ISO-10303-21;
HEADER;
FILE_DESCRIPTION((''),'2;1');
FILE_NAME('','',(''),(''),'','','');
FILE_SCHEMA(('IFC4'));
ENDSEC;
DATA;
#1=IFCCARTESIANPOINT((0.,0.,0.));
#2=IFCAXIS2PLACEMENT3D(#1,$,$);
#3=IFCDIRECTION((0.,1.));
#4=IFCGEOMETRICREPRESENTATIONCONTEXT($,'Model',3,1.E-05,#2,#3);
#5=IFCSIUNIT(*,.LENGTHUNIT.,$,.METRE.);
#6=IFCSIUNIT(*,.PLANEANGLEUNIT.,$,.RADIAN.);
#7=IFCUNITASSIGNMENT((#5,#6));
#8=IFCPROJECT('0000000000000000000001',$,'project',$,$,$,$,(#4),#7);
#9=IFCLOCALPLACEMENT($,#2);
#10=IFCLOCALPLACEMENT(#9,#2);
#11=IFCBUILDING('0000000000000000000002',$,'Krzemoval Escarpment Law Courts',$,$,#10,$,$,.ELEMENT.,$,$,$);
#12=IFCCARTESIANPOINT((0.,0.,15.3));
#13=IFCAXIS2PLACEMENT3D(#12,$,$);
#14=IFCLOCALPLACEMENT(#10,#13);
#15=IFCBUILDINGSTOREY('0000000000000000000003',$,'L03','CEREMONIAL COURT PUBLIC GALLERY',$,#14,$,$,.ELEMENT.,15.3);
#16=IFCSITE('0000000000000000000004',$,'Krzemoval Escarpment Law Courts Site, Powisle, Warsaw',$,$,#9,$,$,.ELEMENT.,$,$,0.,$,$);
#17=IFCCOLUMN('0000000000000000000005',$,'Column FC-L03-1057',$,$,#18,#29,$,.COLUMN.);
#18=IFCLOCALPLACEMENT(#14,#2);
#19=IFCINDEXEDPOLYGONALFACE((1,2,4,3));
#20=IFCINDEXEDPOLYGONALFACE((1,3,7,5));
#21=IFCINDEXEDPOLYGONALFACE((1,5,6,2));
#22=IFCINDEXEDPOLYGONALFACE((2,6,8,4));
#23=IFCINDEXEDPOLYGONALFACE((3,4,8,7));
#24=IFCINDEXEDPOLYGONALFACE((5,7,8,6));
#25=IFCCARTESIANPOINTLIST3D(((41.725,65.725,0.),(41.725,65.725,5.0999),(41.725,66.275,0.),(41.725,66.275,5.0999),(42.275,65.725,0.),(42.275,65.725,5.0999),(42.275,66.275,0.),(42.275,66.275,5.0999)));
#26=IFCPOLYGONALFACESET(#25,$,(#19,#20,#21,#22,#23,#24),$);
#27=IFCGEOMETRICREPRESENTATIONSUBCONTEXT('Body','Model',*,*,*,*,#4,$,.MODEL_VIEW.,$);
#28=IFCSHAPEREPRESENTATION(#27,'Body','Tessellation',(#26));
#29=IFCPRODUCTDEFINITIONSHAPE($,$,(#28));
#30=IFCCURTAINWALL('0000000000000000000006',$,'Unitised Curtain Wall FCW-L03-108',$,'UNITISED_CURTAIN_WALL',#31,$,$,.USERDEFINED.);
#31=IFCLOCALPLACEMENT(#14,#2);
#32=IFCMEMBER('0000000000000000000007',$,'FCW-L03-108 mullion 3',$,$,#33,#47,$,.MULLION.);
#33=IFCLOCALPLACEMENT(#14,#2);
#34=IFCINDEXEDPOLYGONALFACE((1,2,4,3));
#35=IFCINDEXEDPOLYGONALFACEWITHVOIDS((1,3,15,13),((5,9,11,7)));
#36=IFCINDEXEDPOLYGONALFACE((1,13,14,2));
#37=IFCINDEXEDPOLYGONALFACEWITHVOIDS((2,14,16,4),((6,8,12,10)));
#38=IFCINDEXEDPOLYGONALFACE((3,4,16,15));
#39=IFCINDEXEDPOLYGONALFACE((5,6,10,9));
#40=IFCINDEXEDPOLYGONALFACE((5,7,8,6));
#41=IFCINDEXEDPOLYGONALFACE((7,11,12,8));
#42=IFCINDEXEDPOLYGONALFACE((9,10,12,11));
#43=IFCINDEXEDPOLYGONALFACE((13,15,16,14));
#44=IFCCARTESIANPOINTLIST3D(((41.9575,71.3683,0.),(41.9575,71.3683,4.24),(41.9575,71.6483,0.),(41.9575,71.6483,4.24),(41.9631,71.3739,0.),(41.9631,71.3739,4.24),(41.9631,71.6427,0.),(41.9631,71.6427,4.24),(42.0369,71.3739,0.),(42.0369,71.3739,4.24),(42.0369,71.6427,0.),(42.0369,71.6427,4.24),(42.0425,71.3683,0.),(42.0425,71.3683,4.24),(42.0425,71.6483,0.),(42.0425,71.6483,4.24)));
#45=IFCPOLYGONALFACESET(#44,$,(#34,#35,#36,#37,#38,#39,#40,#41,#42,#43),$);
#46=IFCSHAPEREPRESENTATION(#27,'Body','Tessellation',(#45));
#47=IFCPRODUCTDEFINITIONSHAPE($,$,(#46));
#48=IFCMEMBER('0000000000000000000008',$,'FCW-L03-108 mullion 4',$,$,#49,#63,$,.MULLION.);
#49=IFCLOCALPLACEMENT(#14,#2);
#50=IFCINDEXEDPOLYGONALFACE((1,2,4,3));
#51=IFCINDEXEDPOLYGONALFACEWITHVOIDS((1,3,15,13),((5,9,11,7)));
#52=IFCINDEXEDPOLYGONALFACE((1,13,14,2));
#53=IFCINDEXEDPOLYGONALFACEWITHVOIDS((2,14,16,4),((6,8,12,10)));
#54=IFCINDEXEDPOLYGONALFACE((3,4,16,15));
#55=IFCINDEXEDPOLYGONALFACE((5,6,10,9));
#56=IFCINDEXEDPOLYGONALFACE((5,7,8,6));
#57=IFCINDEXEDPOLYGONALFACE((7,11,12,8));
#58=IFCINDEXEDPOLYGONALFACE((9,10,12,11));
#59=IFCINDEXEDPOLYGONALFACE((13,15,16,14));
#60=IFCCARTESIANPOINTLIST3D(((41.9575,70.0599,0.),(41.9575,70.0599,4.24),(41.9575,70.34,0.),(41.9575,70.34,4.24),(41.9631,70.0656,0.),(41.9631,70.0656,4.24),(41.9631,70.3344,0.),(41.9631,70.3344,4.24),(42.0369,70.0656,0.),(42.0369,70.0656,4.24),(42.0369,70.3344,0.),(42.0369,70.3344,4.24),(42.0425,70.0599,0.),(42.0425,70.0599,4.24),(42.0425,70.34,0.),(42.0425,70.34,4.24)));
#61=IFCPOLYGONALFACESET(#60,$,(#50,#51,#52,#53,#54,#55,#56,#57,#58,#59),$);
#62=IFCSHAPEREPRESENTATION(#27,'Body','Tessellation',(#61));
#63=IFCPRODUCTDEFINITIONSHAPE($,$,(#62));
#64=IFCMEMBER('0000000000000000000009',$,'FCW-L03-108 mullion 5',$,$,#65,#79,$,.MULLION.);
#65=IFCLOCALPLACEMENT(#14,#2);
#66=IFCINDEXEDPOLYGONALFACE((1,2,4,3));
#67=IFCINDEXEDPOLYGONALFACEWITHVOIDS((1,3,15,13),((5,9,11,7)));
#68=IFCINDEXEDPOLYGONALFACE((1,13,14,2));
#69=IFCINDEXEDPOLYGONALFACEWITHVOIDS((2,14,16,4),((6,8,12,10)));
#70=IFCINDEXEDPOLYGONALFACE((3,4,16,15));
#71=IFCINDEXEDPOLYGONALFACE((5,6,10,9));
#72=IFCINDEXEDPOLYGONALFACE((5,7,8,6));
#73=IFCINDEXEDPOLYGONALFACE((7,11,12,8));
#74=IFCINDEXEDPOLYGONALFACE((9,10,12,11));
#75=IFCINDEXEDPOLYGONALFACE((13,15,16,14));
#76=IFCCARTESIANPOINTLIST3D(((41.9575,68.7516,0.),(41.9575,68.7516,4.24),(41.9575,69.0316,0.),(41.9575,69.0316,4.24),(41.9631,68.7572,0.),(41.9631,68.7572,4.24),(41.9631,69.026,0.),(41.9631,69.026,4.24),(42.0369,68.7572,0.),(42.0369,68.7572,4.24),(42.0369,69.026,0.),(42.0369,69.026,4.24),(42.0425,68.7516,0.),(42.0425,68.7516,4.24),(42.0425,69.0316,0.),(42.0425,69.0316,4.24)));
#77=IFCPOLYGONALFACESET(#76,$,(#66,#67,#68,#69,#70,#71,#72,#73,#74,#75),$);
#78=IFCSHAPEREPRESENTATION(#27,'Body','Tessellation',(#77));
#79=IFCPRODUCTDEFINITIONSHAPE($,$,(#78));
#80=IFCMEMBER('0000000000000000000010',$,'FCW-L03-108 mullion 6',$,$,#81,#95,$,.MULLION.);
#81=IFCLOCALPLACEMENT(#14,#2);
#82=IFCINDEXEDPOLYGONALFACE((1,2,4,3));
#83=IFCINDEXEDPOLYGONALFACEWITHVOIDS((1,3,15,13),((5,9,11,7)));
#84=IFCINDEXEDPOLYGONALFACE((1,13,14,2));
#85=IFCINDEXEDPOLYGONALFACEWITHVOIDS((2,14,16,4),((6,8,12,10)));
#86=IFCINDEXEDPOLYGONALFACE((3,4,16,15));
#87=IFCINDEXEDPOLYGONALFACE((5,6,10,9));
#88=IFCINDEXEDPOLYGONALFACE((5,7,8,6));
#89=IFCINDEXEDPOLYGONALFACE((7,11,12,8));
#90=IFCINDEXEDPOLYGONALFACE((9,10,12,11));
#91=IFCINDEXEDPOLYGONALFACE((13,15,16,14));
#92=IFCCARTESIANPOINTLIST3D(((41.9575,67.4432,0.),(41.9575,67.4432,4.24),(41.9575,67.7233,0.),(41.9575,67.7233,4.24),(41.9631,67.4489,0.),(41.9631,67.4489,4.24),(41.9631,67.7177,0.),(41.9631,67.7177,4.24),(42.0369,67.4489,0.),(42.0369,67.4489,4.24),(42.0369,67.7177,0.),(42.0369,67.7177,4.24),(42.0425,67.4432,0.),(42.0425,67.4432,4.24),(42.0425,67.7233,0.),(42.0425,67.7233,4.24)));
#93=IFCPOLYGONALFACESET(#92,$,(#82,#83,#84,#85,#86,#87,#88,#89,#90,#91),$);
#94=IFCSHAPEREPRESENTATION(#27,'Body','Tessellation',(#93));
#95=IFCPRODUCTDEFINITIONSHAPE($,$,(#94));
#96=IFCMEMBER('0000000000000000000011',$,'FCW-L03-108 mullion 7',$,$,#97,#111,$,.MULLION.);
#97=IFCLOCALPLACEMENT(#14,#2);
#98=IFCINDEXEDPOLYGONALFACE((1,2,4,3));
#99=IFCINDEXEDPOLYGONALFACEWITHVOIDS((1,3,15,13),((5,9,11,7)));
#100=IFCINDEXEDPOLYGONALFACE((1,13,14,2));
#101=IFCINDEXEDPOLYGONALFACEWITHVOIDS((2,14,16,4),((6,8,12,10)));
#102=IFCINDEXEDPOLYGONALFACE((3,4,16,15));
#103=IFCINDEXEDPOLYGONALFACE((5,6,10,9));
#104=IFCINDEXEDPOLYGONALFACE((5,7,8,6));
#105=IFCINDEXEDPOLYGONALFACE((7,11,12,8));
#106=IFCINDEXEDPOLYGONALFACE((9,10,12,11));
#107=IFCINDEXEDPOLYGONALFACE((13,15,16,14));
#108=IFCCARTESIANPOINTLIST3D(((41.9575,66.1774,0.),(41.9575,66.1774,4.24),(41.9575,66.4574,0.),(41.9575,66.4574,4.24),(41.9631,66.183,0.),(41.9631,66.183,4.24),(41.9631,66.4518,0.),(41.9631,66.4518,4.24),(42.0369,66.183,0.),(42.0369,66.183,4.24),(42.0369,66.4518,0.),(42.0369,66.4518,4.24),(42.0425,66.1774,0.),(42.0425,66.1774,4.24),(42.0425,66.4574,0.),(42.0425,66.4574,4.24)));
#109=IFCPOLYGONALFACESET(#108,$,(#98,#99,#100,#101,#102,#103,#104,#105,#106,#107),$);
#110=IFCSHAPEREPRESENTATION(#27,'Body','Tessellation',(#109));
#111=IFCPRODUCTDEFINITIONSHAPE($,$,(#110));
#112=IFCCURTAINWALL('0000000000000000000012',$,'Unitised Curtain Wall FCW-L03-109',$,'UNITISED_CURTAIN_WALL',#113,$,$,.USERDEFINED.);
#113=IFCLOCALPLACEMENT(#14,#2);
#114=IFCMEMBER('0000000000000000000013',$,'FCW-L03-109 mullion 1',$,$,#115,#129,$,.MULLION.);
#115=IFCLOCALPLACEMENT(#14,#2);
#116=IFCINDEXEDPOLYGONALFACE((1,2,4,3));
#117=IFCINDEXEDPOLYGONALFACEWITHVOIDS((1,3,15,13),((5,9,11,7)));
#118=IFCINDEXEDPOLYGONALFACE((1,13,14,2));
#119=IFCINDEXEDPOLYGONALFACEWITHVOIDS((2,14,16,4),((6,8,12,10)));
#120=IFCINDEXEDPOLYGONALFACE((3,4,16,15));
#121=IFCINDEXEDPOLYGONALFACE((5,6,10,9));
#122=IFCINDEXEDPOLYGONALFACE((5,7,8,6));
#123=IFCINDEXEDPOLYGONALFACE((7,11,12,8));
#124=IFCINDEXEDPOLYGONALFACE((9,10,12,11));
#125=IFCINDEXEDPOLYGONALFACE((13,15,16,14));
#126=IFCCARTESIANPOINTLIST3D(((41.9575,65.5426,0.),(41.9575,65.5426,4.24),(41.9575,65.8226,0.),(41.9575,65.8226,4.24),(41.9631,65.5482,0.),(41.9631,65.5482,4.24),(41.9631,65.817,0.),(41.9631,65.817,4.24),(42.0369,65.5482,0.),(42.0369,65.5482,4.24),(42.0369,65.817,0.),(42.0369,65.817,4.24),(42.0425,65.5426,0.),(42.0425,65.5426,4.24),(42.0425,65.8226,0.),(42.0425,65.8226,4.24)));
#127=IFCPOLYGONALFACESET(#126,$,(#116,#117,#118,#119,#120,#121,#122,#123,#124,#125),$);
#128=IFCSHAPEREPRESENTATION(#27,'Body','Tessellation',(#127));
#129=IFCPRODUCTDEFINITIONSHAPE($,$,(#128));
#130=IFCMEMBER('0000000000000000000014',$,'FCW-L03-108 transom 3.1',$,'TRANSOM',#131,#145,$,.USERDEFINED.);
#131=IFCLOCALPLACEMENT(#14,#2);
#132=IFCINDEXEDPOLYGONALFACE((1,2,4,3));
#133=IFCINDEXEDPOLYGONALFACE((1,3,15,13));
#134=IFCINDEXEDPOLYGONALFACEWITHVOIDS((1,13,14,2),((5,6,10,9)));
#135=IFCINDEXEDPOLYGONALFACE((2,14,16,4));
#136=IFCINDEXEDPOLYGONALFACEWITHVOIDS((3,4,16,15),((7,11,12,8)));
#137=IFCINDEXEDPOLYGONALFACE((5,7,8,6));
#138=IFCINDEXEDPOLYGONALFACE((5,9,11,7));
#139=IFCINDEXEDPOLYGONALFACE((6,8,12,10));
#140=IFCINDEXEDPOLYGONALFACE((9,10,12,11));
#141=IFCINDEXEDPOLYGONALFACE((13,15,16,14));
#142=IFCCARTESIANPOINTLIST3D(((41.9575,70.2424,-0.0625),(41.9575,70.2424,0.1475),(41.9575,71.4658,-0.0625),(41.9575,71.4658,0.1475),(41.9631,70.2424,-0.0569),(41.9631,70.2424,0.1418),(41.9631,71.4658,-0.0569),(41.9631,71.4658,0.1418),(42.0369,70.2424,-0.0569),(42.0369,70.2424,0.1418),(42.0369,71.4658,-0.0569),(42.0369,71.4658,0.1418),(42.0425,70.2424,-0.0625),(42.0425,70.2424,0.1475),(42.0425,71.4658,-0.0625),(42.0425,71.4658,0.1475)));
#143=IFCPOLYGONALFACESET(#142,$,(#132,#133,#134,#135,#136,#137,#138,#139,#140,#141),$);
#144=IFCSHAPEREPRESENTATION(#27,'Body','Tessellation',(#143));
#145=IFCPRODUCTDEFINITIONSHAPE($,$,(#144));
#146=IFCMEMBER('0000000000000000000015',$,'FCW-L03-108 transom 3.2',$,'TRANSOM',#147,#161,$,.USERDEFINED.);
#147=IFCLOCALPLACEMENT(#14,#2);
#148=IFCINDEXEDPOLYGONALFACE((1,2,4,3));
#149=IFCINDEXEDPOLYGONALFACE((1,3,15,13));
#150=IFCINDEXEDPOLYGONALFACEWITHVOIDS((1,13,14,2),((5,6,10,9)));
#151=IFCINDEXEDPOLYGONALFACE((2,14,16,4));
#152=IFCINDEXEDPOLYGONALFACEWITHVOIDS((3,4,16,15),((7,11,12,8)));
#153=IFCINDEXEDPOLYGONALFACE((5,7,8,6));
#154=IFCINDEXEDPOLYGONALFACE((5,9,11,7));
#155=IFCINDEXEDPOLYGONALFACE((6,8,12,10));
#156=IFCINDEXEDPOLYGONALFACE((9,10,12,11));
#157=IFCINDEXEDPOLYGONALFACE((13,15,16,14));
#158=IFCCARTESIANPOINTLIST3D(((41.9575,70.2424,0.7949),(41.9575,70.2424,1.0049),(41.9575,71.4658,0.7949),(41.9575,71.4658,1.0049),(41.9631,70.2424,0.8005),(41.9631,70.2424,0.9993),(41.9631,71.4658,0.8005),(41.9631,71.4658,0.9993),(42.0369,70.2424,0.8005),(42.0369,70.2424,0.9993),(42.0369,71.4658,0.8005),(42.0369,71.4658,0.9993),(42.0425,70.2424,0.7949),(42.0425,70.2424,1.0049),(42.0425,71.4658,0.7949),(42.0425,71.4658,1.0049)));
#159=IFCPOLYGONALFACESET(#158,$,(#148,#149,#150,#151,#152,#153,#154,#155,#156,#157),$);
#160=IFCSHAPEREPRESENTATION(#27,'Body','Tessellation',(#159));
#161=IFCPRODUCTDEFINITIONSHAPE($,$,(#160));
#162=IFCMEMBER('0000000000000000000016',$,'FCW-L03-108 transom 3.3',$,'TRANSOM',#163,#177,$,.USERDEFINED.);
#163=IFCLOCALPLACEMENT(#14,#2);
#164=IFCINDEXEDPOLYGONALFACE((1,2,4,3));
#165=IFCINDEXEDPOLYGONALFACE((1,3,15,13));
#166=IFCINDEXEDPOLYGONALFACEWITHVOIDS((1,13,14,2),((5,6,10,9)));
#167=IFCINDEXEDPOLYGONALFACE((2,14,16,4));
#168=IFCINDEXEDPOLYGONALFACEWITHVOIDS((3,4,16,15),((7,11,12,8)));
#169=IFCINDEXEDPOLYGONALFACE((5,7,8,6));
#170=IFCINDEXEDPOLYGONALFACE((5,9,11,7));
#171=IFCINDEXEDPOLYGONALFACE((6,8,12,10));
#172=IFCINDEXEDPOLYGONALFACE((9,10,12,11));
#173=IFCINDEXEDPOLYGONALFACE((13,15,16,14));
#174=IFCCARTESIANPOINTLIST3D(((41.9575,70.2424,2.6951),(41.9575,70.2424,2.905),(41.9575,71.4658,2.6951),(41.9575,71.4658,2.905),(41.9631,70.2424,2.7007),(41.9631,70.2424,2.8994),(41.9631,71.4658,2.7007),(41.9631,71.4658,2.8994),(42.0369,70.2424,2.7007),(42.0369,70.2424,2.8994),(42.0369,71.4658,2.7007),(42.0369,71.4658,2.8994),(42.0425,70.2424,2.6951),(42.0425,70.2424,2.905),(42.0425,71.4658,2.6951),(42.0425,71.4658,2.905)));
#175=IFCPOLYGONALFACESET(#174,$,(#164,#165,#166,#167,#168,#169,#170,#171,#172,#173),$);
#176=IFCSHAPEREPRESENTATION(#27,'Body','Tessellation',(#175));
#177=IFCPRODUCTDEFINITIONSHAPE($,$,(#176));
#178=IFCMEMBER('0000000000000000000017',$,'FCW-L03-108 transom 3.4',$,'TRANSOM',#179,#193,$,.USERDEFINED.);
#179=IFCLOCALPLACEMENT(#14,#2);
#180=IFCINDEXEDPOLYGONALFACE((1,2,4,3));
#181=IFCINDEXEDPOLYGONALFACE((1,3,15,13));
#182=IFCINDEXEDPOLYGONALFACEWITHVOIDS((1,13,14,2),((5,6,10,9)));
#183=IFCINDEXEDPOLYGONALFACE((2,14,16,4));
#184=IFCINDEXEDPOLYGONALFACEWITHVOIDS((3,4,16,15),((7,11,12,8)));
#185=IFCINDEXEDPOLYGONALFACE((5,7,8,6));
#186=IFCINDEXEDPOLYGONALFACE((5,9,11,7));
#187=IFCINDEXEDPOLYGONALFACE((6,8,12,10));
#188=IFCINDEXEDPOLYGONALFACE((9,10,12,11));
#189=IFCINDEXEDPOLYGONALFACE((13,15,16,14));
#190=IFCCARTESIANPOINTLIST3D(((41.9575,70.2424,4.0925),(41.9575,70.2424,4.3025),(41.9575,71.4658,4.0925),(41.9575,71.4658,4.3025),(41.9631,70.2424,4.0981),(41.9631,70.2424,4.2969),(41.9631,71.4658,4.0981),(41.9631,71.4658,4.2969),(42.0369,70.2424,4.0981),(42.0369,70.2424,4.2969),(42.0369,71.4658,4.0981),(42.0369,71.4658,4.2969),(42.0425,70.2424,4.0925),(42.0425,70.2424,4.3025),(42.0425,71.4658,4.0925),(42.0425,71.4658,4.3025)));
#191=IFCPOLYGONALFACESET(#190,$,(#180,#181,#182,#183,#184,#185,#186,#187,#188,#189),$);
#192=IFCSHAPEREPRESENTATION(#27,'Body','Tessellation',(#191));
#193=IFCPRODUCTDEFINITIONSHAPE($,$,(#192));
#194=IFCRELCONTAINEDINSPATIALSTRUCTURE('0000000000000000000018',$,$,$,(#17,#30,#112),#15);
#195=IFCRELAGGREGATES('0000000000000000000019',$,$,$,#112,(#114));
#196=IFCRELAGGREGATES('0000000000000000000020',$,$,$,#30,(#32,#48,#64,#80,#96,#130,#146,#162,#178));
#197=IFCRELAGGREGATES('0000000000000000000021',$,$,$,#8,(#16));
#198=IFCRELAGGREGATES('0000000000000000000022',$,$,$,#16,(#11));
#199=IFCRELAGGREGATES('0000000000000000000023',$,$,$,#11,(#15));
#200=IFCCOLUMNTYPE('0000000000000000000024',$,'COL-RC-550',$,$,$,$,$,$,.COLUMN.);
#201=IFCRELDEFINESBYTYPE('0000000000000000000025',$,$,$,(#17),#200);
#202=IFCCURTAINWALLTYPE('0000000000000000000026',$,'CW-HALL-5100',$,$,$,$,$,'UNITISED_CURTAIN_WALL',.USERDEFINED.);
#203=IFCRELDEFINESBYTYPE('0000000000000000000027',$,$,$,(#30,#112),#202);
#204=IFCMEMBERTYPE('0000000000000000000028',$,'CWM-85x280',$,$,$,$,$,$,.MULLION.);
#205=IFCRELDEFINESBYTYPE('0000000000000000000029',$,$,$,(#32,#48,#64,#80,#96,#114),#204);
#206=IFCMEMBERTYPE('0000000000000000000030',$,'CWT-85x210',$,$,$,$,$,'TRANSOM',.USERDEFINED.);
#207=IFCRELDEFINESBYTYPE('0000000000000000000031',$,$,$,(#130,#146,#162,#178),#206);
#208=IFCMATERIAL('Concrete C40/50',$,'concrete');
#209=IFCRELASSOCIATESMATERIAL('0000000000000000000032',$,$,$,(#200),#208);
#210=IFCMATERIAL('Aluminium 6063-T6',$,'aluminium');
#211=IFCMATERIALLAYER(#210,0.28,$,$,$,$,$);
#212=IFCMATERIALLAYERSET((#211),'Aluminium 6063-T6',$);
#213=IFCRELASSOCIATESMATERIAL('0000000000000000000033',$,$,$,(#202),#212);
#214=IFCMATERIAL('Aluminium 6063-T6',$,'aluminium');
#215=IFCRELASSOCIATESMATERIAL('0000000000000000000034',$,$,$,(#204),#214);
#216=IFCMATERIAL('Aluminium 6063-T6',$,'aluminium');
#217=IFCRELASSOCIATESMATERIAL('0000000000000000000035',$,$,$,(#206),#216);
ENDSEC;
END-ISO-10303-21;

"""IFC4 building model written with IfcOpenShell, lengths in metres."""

from ifc_helpers import new_model, si_unit, direction, frame, origin, origin_2d, place, context, subcontext, project, spatial, rectangle, hollow_rectangle, extrude, material, layer, layer_set, material_profile, profile_set, type_object, element, aggregate, save


model = new_model("IFC4")

# Units and contexts
model_context = context("Model", 3, precision=1e-05, world=origin(), true_north=direction((0.0, 1.0)))
body_context = subcontext(model_context, "Body", "Model", "MODEL_VIEW")
ifc_project = project(units=[si_unit("LENGTHUNIT", "METRE"), si_unit("PLANEANGLEUNIT", "RADIAN")], contexts=[model_context])

# Site, building, storey
site_placement = place(None, origin())
site = spatial("IfcSite", under=ifc_project, at=site_placement, Name="Krzemoval Escarpment Law Courts Site, Powisle, Warsaw", CompositionType="ELEMENT", RefElevation=0.0)
building_placement = place(site_placement, origin())
building = spatial("IfcBuilding", under=site, at=building_placement, Name="Krzemoval Escarpment Law Courts", CompositionType="ELEMENT")
storey_placement = place(building_placement, frame((0.0, 0.0, 15.3)))
storey = spatial("IfcBuildingStorey", under=building, at=storey_placement, Name="L03", Description="CEREMONIAL COURT PUBLIC GALLERY", CompositionType="ELEMENT", Elevation=15.3)

# Column
ifc_material_1 = material(Name="Concrete C40/50", Category="concrete")
ifc_material_profile_1 = material_profile(ifc_material_1, rectangle(XDim=0.55, YDim=0.55, at=origin_2d()), Name="RC 550x550")
ifc_profile_set_1 = profile_set([ifc_material_profile_1], Name="Concrete C40/50")
column_type = type_object("IfcColumnType", Name="COL-RC-550", PredefinedType="COLUMN", material=ifc_profile_set_1)
column_placement = place(storey_placement, frame((42.0, 66.0, 0.0), z_axis=(0.0, 0.0, 1.0), x_axis=(1.0, 0.0, 0.0)))
element("IfcColumn", 1, at=column_placement, inside=storey, type_object=column_type, Name="Column FC-L03-1057", PredefinedType="COLUMN", context=body_context, shape_type="SweptSolid", body=[
    extrude(rectangle(XDim=0.55, YDim=0.55, at=origin_2d()), origin(), (0.0, 0.0, 1.0), 5.0999),
])

# Curtain wall, members
ifc_material_2 = material(Name="Aluminium 6063-T6", Category="aluminium")
ifc_layer_1 = layer(ifc_material_2, 0.28)
ifc_layer_set_1 = layer_set([ifc_layer_1], Name="Aluminium 6063-T6")
curtain_wall_type = type_object("IfcCurtainWallType", Name="CW-HALL-5100", ElementType="UNITISED_CURTAIN_WALL", PredefinedType="USERDEFINED", material=ifc_layer_set_1)
curtain_wall_1_placement = place(storey_placement, origin())
curtain_wall_1 = element("IfcCurtainWall", 2, at=curtain_wall_1_placement, inside=storey, type_object=curtain_wall_type, Name="Unitised Curtain Wall FCW-L03-108", ObjectType="UNITISED_CURTAIN_WALL", PredefinedType="USERDEFINED")
ifc_material_3 = material(Name="Aluminium 6063-T6", Category="aluminium")
ifc_material_profile_2 = material_profile(ifc_material_3, hollow_rectangle(XDim=0.085, YDim=0.28, WallThickness=0.0056, at=origin_2d()), Name="ALU M85x280")
ifc_profile_set_2 = profile_set([ifc_material_profile_2], Name="Aluminium 6063-T6")
member_type_1 = type_object("IfcMemberType", Name="CWM-85x280", PredefinedType="MULLION", material=ifc_profile_set_2)
member_1_placement = place(storey_placement, frame((42.0, 71.5083, 0.0), z_axis=(0.0, 0.0, 1.0), x_axis=(1.0, 0.0, 0.0)))
member_1 = element("IfcMember", 3, at=member_1_placement, type_object=member_type_1, Name="FCW-L03-108 mullion 3", PredefinedType="MULLION", context=body_context, shape_type="SweptSolid", body=[
    extrude(hollow_rectangle(XDim=0.085, YDim=0.28, WallThickness=0.0056, at=origin_2d()), origin(), (0.0, 0.0, 1.0), 4.24),
])
member_2_placement = place(storey_placement, frame((42.0, 70.2, 0.0), z_axis=(0.0, 0.0, 1.0), x_axis=(1.0, 0.0, 0.0)))
member_2 = element("IfcMember", 4, at=member_2_placement, type_object=member_type_1, Name="FCW-L03-108 mullion 4", PredefinedType="MULLION", context=body_context, shape_type="SweptSolid", body=[
    extrude(hollow_rectangle(XDim=0.085, YDim=0.28, WallThickness=0.0056, at=origin_2d()), origin(), (0.0, 0.0, 1.0), 4.24),
])
member_3_placement = place(storey_placement, frame((42.0, 68.8916, 0.0), z_axis=(0.0, 0.0, 1.0), x_axis=(1.0, 0.0, 0.0)))
member_3 = element("IfcMember", 5, at=member_3_placement, type_object=member_type_1, Name="FCW-L03-108 mullion 5", PredefinedType="MULLION", context=body_context, shape_type="SweptSolid", body=[
    extrude(hollow_rectangle(XDim=0.085, YDim=0.28, WallThickness=0.0056, at=origin_2d()), origin(), (0.0, 0.0, 1.0), 4.24),
])
member_4_placement = place(storey_placement, frame((42.0, 67.5833, 0.0), z_axis=(0.0, 0.0, 1.0), x_axis=(1.0, 0.0, 0.0)))
member_4 = element("IfcMember", 6, at=member_4_placement, type_object=member_type_1, Name="FCW-L03-108 mullion 6", PredefinedType="MULLION", context=body_context, shape_type="SweptSolid", body=[
    extrude(hollow_rectangle(XDim=0.085, YDim=0.28, WallThickness=0.0056, at=origin_2d()), origin(), (0.0, 0.0, 1.0), 4.24),
])
member_5_placement = place(storey_placement, frame((42.0, 66.3174, 0.0), z_axis=(0.0, 0.0, 1.0), x_axis=(1.0, 0.0, 0.0)))
member_5 = element("IfcMember", 7, at=member_5_placement, type_object=member_type_1, Name="FCW-L03-108 mullion 7", PredefinedType="MULLION", context=body_context, shape_type="SweptSolid", body=[
    extrude(hollow_rectangle(XDim=0.085, YDim=0.28, WallThickness=0.0056, at=origin_2d()), origin(), (0.0, 0.0, 1.0), 4.24),
])

# Curtain wall, member
curtain_wall_2_placement = place(storey_placement, origin())
curtain_wall_2 = element("IfcCurtainWall", 8, at=curtain_wall_2_placement, inside=storey, type_object=curtain_wall_type, Name="Unitised Curtain Wall FCW-L03-109", ObjectType="UNITISED_CURTAIN_WALL", PredefinedType="USERDEFINED")
member_6_placement = place(storey_placement, frame((42.0, 65.6826, 0.0), z_axis=(0.0, 0.0, 1.0), x_axis=(1.0, 0.0, 0.0)))
member_6 = element("IfcMember", 9, at=member_6_placement, type_object=member_type_1, Name="FCW-L03-109 mullion 1", PredefinedType="MULLION", context=body_context, shape_type="SweptSolid", body=[
    extrude(hollow_rectangle(XDim=0.085, YDim=0.28, WallThickness=0.0056, at=origin_2d()), origin(), (0.0, 0.0, 1.0), 4.24),
])
aggregate(curtain_wall_2, [member_6])

# Members
ifc_material_4 = material(Name="Aluminium 6063-T6", Category="aluminium")
ifc_material_profile_3 = material_profile(ifc_material_4, hollow_rectangle(XDim=0.085, YDim=0.21, WallThickness=0.0056, at=origin_2d()), Name="ALU T85x210")
ifc_profile_set_3 = profile_set([ifc_material_profile_3], Name="Aluminium 6063-T6")
member_type_2 = type_object("IfcMemberType", Name="CWT-85x210", ElementType="TRANSOM", PredefinedType="USERDEFINED", material=ifc_profile_set_3)
member_7_placement = place(storey_placement, frame((42.0, 71.4658, 0.0425), z_axis=(0.0, -1.0, 0.0), x_axis=(1.0, 0.0, 0.0)))
member_7 = element("IfcMember", 10, at=member_7_placement, type_object=member_type_2, Name="FCW-L03-108 transom 3.1", ObjectType="TRANSOM", PredefinedType="USERDEFINED", context=body_context, shape_type="SweptSolid", body=[
    extrude(hollow_rectangle(XDim=0.085, YDim=0.21, WallThickness=0.0056, at=origin_2d()), origin(), (0.0, 0.0, 1.0), 1.2234),
])
member_8_placement = place(storey_placement, frame((42.0, 71.4658, 0.8999), z_axis=(0.0, -1.0, 0.0), x_axis=(1.0, 0.0, 0.0)))
member_8 = element("IfcMember", 11, at=member_8_placement, type_object=member_type_2, Name="FCW-L03-108 transom 3.2", ObjectType="TRANSOM", PredefinedType="USERDEFINED", context=body_context, shape_type="SweptSolid", body=[
    extrude(hollow_rectangle(XDim=0.085, YDim=0.21, WallThickness=0.0056, at=origin_2d()), origin(), (0.0, 0.0, 1.0), 1.2234),
])
member_9_placement = place(storey_placement, frame((42.0, 71.4658, 2.8), z_axis=(0.0, -1.0, 0.0), x_axis=(1.0, 0.0, 0.0)))
member_9 = element("IfcMember", 12, at=member_9_placement, type_object=member_type_2, Name="FCW-L03-108 transom 3.3", ObjectType="TRANSOM", PredefinedType="USERDEFINED", context=body_context, shape_type="SweptSolid", body=[
    extrude(hollow_rectangle(XDim=0.085, YDim=0.21, WallThickness=0.0056, at=origin_2d()), origin(), (0.0, 0.0, 1.0), 1.2234),
])
member_10_placement = place(storey_placement, frame((42.0, 71.4658, 4.1975), z_axis=(0.0, -1.0, 0.0), x_axis=(1.0, 0.0, 0.0)))
member_10 = element("IfcMember", 13, at=member_10_placement, type_object=member_type_2, Name="FCW-L03-108 transom 3.4", ObjectType="TRANSOM", PredefinedType="USERDEFINED", context=body_context, shape_type="SweptSolid", body=[
    extrude(hollow_rectangle(XDim=0.085, YDim=0.21, WallThickness=0.0056, at=origin_2d()), origin(), (0.0, 0.0, 1.0), 1.2234),
])

aggregate(curtain_wall_1, [member_1, member_2, member_3, member_4, member_5, member_7, member_8, member_9, member_10])

save(model, "model.ifc")
